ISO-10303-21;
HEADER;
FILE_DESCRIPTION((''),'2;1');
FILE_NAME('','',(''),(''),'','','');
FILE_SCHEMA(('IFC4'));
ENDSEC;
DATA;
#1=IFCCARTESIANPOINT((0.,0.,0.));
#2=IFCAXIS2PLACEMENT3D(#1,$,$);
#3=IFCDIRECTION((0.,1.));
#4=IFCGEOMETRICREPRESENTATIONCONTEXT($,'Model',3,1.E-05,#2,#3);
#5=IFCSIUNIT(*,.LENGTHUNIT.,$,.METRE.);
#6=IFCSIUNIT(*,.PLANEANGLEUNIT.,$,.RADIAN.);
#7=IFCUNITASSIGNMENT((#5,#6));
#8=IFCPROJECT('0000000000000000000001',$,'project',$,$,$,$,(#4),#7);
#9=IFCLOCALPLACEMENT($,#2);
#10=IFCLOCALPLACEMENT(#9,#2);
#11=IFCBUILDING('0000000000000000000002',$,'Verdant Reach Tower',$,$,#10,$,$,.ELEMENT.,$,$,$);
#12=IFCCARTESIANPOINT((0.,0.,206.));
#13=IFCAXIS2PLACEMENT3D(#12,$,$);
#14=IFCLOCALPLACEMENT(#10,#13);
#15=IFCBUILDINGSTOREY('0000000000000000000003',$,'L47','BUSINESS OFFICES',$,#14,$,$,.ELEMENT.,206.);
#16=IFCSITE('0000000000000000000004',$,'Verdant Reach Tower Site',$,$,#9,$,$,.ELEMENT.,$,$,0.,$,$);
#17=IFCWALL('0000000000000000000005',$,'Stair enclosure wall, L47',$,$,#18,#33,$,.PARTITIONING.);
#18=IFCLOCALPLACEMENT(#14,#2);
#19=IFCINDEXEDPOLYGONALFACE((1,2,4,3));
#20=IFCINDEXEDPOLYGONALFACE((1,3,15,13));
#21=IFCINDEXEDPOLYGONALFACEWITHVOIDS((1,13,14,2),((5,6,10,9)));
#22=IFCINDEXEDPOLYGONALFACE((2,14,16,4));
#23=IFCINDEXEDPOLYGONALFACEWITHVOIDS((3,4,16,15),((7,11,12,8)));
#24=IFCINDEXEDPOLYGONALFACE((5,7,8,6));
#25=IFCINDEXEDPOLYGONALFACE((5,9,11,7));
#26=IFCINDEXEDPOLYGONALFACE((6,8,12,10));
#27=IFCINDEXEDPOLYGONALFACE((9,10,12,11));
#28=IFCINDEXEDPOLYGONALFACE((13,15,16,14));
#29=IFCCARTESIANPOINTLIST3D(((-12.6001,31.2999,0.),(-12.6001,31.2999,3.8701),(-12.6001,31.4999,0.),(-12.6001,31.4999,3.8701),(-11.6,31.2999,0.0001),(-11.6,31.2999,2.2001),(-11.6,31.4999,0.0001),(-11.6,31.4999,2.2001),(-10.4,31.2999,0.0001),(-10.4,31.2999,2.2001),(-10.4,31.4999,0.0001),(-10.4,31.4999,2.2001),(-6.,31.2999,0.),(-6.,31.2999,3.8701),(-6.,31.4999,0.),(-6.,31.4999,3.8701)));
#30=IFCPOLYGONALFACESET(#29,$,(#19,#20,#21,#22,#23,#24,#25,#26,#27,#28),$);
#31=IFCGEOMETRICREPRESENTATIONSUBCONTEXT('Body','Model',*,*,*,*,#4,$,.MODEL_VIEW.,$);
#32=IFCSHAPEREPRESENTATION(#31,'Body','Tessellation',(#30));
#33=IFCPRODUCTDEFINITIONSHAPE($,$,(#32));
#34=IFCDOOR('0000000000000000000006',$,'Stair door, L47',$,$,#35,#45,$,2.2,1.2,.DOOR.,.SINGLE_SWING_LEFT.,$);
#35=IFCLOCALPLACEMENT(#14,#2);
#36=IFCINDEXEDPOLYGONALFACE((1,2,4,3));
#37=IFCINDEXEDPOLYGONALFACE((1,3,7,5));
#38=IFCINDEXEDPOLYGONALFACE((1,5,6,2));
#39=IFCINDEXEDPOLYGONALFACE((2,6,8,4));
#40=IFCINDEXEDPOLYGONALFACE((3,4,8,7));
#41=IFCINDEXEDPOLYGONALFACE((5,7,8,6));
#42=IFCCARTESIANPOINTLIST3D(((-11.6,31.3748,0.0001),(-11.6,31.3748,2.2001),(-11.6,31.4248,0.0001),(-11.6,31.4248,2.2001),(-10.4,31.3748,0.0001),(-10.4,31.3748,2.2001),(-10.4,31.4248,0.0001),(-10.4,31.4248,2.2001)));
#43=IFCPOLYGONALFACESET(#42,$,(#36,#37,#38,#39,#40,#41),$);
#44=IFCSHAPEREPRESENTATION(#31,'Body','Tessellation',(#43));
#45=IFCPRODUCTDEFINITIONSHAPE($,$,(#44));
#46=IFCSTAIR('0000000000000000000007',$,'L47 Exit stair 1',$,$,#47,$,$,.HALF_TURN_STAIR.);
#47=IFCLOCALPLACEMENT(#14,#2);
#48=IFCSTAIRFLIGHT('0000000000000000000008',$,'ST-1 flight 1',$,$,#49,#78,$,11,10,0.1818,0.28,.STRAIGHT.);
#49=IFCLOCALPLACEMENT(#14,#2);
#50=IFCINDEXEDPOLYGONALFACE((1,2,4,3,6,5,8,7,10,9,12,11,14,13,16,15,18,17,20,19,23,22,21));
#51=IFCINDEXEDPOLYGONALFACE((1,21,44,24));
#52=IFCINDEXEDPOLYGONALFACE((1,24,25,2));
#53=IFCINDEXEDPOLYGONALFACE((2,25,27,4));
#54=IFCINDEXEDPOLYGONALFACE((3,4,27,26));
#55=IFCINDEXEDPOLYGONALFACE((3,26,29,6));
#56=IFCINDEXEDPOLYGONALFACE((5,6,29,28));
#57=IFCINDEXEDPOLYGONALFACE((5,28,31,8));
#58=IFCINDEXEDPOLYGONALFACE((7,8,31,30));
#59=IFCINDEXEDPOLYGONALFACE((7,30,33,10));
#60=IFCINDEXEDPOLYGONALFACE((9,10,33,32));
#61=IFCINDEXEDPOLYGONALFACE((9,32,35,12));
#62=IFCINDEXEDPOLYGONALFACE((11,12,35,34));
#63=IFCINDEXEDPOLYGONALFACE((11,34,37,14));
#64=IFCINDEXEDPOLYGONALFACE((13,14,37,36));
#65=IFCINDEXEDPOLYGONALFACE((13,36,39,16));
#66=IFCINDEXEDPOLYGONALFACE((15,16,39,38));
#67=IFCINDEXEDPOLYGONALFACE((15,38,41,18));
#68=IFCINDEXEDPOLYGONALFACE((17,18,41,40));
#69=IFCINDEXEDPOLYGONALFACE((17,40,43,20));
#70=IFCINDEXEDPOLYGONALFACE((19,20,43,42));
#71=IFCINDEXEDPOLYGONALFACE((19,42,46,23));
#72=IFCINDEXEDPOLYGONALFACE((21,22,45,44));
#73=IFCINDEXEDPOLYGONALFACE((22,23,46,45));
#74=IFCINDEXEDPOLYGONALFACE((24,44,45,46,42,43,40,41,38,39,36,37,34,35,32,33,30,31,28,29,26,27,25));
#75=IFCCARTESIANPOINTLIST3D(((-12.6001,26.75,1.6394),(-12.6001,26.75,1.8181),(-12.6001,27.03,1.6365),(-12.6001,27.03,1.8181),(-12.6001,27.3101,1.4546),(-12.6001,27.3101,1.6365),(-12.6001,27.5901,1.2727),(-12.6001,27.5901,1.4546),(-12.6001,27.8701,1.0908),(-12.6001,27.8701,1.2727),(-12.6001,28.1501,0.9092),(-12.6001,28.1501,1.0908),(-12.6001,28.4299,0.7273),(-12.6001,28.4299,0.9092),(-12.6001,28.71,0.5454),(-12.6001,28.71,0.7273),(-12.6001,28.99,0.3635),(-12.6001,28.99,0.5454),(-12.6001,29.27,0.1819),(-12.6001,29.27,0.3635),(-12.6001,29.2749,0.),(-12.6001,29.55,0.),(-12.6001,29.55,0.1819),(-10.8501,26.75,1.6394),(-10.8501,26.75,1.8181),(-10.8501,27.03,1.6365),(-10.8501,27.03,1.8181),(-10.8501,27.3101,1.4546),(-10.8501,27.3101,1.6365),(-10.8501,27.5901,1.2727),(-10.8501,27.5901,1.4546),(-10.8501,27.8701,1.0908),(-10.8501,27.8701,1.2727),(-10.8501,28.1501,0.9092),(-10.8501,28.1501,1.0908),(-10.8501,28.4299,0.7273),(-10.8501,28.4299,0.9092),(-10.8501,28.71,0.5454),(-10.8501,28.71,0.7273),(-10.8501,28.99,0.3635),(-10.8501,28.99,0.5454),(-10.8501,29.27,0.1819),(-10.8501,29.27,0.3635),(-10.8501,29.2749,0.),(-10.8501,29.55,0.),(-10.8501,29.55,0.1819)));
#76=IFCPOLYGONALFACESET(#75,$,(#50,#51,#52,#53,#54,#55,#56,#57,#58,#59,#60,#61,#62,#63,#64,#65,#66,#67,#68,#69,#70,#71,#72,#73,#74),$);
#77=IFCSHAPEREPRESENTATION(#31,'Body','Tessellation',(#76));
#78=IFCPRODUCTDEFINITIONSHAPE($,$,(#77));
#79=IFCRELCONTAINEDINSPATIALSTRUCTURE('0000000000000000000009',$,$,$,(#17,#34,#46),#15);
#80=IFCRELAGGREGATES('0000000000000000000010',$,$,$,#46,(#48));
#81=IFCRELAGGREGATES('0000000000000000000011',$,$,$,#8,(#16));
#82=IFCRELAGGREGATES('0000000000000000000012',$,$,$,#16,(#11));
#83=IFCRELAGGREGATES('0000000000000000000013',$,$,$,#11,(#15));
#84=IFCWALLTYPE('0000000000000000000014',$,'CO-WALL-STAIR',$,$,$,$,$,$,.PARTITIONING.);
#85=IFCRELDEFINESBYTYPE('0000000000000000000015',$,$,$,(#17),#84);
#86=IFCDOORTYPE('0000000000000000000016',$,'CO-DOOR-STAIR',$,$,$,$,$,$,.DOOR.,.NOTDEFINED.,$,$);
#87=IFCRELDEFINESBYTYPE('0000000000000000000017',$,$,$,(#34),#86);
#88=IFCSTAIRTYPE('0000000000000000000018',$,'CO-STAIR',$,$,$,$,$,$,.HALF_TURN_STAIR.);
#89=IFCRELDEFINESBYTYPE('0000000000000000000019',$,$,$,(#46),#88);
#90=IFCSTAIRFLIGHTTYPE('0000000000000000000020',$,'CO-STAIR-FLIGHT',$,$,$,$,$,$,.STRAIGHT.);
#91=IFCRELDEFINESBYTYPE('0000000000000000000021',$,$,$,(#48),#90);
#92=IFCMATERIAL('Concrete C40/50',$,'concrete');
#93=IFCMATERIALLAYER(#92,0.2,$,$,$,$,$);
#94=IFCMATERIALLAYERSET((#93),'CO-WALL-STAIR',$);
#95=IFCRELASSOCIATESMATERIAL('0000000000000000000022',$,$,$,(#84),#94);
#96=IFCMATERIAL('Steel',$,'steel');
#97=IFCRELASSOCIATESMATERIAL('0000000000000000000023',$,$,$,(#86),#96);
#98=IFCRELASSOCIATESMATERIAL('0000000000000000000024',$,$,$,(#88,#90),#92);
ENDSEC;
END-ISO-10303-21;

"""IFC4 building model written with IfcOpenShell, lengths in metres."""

from ifc_helpers import new_model, si_unit, direction, frame, frame_2d, origin, place, context, subcontext, project, spatial, polyline, rectangle, outline, extrude, material, layer, layer_set, type_object, element, fill, aggregate, save


model = new_model("IFC4")

# Units and contexts
model_context = context("Model", 3, precision=1e-05, world=origin(), true_north=direction((0.0, 1.0)))
body_context = subcontext(model_context, "Body", "Model", "MODEL_VIEW")
ifc_project = project(units=[si_unit("LENGTHUNIT", "METRE"), si_unit("PLANEANGLEUNIT", "RADIAN")], contexts=[model_context])

# Site, building, storey
site_placement = place(None, origin())
site = spatial("IfcSite", under=ifc_project, at=site_placement, Name="Verdant Reach Tower Site", CompositionType="ELEMENT", RefElevation=0.0)
building_placement = place(site_placement, origin())
building = spatial("IfcBuilding", under=site, at=building_placement, Name="Verdant Reach Tower", CompositionType="ELEMENT")
storey_placement = place(building_placement, frame((0.0, 0.0, 206.0)))
storey = spatial("IfcBuildingStorey", under=building, at=storey_placement, Name="L47", Description="BUSINESS OFFICES", CompositionType="ELEMENT", Elevation=206.0)

# Shared definitions
ifc_material_1 = material(Name="Concrete C40/50", Category="concrete")
ifc_material_2 = material(Name="Steel", Category="steel")

# Wall, opening, door
ifc_layer_1 = layer(ifc_material_1, 0.2)
ifc_layer_set_1 = layer_set([ifc_layer_1], Name="CO-WALL-STAIR")
wall_type_1 = type_object("IfcWallType", Name="CO-WALL-STAIR", PredefinedType="PARTITIONING", material=ifc_layer_set_1)
wall_1_placement = place(storey_placement, frame((-12.6001, 31.3999, 0.0), z_axis=(0.0, 0.0, 1.0), x_axis=(1.0, 0.0, 0.0)))
wall_1 = element("IfcWall", 1, at=wall_1_placement, inside=storey, type_object=wall_type_1, Name="Stair enclosure wall, L47", PredefinedType="PARTITIONING", context=body_context, shape_type="SweptSolid", body=[
    extrude(rectangle(XDim=6.6001, YDim=0.2, at=frame_2d((3.3, 0.0))), origin(), (0.0, 0.0, 1.0), 3.8701),
])
opening_1_placement = place(wall_1_placement, frame((1.0, 0.0, 0.0)))
opening_1 = element("IfcOpeningElement", 2, at=opening_1_placement, cuts=wall_1, PredefinedType="OPENING", context=body_context, shape_type="SweptSolid", body=[
    extrude(rectangle(XDim=1.2, YDim=2.2, at=frame_2d((0.6001, 1.1001))), frame((0.0, 0.1099, 0.0), z_axis=(0.0, -1.0, 0.0), x_axis=(1.0, 0.0, 0.0)), (0.0, 0.0, 1.0), 0.22),
])
door_type_1 = type_object("IfcDoorType", Name="CO-DOOR-STAIR", OperationType="NOTDEFINED", PredefinedType="DOOR", material=ifc_material_2)
door_1_placement = place(opening_1_placement, origin())
door_1 = element("IfcDoor", 3, at=door_1_placement, inside=storey, type_object=door_type_1, Name="Stair door, L47", OperationType="SINGLE_SWING_LEFT", OverallHeight=2.2, OverallWidth=1.2, PredefinedType="DOOR", context=body_context, shape_type="SweptSolid", body=[
    extrude(rectangle(XDim=1.2, YDim=2.2, at=frame_2d((0.6001, 1.1001))), frame((0.0, 0.0249, 0.0), z_axis=(0.0, -1.0, 0.0), x_axis=(1.0, 0.0, 0.0)), (0.0, 0.0, 1.0), 0.05),
])
fill(opening_1, door_1)

# Stair, stair flight
stair_type = type_object("IfcStairType", Name="CO-STAIR", PredefinedType="HALF_TURN_STAIR", material=ifc_material_1)
stair_placement = place(storey_placement, origin())
stair = element("IfcStair", 4, at=stair_placement, inside=storey, type_object=stair_type, Name="L47 Exit stair 1", PredefinedType="HALF_TURN_STAIR")
stair_flight_type = type_object("IfcStairFlightType", Name="CO-STAIR-FLIGHT", PredefinedType="STRAIGHT", material=ifc_material_1)
stair_flight_placement = place(storey_placement, frame((-11.7251, 29.55, 0.0), z_axis=(0.0, 0.0, 1.0), x_axis=(0.0, -1.0, 0.0)))
stair_flight = element("IfcStairFlight", 5, at=stair_flight_placement, type_object=stair_flight_type, Name="ST-1 flight 1", NumberOfRisers=11, NumberOfTreads=10, PredefinedType="STRAIGHT", RiserHeight=0.1818, TreadLength=0.28, context=body_context, shape_type="SweptSolid", body=[
    extrude(outline(polyline([(0.0, 0.0), (0.0, 0.1819), (0.28, 0.1819), (0.28, 0.3635), (0.5601, 0.3635), (0.5601, 0.5454), (0.8401, 0.5454), (0.8401, 0.7273), (1.1201, 0.7273), (1.1201, 0.9092), (1.3999, 0.9092), (1.3999, 1.0908), (1.6799, 1.0908), (1.6799, 1.2727), (1.96, 1.2727), (1.96, 1.4546), (2.24, 1.4546), (2.24, 1.6365), (2.52, 1.6365), (2.52, 1.8181), (2.8, 1.8181), (2.8, 2.0), (2.8, 1.6394), (0.2751, 0.0), (0.0, 0.0)])), frame((0.0, 0.875, 0.0), z_axis=(0.0, -1.0, 0.0), x_axis=(1.0, 0.0, 0.0)), (0.0, 0.0, 1.0), 1.75),
])
aggregate(stair, [stair_flight])

save(model, "model.ifc")
